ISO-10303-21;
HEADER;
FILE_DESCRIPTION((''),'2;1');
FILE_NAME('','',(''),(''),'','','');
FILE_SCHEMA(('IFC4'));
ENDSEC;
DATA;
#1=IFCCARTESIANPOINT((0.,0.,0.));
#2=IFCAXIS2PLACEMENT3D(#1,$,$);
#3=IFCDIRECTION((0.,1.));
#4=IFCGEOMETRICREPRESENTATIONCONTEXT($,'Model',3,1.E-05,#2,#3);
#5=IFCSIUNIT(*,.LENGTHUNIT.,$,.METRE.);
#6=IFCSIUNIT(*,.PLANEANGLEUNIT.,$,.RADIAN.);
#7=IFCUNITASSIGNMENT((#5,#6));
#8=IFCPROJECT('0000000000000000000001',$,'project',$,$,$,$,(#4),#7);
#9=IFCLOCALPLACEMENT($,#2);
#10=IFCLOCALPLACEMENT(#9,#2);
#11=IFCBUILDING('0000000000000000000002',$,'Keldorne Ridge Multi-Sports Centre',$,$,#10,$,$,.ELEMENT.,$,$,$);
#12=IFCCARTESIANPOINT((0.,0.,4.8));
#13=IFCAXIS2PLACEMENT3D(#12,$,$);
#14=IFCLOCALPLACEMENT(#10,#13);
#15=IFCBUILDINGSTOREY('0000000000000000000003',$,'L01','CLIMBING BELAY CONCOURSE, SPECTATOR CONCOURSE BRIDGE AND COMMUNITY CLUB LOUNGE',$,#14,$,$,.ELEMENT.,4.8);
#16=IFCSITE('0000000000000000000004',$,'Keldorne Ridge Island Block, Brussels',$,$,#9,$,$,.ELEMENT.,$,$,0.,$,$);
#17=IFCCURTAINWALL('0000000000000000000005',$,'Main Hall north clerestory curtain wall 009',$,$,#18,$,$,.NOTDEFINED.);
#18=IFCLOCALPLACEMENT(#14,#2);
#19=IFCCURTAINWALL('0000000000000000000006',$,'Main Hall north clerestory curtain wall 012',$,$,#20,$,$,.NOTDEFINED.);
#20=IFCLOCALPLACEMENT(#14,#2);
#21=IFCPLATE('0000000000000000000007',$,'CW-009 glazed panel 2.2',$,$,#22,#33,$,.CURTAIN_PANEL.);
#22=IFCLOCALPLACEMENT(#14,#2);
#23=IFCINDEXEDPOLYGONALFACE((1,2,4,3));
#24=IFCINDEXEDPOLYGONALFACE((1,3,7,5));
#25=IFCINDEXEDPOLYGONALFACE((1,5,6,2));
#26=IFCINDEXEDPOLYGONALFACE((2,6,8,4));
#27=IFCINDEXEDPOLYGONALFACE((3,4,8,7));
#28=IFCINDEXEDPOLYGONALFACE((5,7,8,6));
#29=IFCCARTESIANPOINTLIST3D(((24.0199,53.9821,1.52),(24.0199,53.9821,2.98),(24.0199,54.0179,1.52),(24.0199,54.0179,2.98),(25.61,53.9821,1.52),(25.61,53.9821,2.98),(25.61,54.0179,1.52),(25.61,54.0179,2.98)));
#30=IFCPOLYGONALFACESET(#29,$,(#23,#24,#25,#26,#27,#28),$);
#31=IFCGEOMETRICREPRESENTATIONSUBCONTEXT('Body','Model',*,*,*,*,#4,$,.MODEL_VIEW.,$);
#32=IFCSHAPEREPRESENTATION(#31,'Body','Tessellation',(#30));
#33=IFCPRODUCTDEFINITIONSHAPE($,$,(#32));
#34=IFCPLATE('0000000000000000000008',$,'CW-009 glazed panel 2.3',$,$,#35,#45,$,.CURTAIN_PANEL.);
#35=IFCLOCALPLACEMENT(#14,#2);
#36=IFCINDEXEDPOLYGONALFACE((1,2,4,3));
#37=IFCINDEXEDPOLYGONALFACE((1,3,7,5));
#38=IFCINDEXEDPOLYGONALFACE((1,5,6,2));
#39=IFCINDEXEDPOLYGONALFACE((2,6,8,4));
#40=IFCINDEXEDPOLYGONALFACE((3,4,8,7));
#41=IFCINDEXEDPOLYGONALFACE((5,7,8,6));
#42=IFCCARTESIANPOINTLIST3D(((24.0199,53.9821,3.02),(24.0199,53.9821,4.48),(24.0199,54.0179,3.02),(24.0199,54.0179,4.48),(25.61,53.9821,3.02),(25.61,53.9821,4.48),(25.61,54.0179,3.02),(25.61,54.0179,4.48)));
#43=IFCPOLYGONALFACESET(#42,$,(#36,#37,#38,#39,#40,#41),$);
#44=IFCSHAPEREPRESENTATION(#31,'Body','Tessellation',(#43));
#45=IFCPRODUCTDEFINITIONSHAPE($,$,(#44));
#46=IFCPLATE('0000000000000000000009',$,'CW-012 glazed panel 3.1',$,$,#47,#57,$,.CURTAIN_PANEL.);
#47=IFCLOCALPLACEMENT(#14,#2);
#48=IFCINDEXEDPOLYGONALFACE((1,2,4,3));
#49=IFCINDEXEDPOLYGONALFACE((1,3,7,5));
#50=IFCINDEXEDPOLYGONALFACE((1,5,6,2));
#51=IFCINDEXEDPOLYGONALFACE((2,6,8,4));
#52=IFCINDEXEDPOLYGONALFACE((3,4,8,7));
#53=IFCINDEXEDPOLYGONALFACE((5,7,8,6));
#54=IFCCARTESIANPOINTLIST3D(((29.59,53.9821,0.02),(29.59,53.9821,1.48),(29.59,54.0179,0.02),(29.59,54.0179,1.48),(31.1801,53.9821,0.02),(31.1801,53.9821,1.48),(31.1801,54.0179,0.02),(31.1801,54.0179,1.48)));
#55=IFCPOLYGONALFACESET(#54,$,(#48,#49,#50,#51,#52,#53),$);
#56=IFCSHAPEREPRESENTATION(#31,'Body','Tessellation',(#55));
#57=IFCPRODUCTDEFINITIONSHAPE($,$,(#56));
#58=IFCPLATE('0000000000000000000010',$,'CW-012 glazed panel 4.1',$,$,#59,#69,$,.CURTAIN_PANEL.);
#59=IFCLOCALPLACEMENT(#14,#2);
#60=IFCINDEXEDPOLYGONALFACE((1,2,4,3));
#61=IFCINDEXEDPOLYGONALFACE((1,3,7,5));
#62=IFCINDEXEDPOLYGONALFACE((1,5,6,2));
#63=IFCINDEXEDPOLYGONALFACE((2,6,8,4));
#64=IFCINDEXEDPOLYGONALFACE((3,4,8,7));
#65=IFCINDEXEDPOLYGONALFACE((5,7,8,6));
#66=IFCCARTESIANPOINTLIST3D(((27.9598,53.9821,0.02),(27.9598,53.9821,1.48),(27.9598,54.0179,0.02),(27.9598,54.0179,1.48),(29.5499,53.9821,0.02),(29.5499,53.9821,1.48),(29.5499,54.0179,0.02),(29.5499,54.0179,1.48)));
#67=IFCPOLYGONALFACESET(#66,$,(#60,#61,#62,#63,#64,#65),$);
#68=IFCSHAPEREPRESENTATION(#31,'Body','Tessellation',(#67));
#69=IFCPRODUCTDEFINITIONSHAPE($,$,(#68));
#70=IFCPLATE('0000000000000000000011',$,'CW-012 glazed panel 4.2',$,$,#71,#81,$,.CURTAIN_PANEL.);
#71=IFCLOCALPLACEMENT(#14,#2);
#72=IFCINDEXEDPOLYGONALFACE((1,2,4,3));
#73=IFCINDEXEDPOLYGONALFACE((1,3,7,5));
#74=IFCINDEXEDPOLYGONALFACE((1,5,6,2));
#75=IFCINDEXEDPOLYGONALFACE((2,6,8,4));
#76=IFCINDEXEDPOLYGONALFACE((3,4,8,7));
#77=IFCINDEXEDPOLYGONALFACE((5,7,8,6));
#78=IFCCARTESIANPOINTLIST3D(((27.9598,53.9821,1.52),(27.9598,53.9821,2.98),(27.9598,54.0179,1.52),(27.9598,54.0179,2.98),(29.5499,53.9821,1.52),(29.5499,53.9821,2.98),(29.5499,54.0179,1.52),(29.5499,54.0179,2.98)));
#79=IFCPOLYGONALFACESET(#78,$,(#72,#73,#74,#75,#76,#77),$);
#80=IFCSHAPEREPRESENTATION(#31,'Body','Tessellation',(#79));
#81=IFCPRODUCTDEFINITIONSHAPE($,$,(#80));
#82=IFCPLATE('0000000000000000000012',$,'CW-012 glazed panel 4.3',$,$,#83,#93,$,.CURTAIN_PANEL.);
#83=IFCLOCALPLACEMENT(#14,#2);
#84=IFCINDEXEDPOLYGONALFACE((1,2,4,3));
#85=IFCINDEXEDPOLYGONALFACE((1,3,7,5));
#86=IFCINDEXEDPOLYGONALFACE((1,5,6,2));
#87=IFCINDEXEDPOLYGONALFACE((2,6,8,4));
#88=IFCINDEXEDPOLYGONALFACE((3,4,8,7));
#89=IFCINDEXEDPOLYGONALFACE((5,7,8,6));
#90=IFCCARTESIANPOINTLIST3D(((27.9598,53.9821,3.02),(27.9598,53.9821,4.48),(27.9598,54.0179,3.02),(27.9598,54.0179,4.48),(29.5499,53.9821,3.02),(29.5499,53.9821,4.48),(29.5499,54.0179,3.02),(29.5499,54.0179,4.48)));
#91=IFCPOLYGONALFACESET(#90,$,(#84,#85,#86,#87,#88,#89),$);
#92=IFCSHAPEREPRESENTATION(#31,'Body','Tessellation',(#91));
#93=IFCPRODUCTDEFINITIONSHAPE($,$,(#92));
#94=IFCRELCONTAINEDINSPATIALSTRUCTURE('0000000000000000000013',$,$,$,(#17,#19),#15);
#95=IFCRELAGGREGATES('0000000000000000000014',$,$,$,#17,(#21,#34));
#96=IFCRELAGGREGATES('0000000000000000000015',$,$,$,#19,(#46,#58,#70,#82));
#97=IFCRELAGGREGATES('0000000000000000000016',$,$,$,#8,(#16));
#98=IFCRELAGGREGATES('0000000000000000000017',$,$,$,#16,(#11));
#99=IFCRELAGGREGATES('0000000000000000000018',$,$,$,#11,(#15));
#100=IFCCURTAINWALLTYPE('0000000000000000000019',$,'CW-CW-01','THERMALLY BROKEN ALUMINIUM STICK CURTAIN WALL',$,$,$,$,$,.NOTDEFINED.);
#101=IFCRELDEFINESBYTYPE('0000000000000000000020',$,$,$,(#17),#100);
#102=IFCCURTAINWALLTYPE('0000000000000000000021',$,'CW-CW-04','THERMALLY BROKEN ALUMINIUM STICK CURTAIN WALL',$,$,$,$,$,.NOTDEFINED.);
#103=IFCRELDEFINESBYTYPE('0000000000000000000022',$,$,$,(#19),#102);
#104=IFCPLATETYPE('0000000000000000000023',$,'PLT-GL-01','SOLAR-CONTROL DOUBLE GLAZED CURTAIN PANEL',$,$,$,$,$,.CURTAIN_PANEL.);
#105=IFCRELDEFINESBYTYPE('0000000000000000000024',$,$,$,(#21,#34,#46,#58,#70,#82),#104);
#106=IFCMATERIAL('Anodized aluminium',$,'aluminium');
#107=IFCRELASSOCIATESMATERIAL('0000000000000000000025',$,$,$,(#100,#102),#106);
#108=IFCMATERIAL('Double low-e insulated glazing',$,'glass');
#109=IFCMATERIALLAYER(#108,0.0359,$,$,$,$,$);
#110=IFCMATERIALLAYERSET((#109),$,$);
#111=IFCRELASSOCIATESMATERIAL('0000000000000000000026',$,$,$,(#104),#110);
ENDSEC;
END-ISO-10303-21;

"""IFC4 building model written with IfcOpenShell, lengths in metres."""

from ifc_helpers import new_model, si_unit, direction, frame, origin, origin_2d, place, context, subcontext, project, spatial, rectangle, extrude, material, layer, layer_set, type_object, element, aggregate, save


model = new_model("IFC4")

# Units and contexts
model_context = context("Model", 3, precision=1e-05, world=origin(), true_north=direction((0.0, 1.0)))
body_context = subcontext(model_context, "Body", "Model", "MODEL_VIEW")
ifc_project = project(units=[si_unit("LENGTHUNIT", "METRE"), si_unit("PLANEANGLEUNIT", "RADIAN")], contexts=[model_context])

# Site, building, storey
site_placement = place(None, origin())
site = spatial("IfcSite", under=ifc_project, at=site_placement, Name="Keldorne Ridge Island Block, Brussels", CompositionType="ELEMENT", RefElevation=0.0)
building_placement = place(site_placement, origin())
building = spatial("IfcBuilding", under=site, at=building_placement, Name="Keldorne Ridge Multi-Sports Centre", CompositionType="ELEMENT")
storey_placement = place(building_placement, frame((0.0, 0.0, 4.8)))
storey = spatial("IfcBuildingStorey", under=building, at=storey_placement, Name="L01", Description="CLIMBING BELAY CONCOURSE, SPECTATOR CONCOURSE BRIDGE AND COMMUNITY CLUB LOUNGE", CompositionType="ELEMENT", Elevation=4.8)

# Curtain walls
ifc_material_1 = material(Name="Anodized aluminium", Category="aluminium")
curtain_wall_type_1 = type_object("IfcCurtainWallType", Name="CW-CW-01", Description="THERMALLY BROKEN ALUMINIUM STICK CURTAIN WALL", PredefinedType="NOTDEFINED", material=ifc_material_1)
curtain_wall_1_placement = place(storey_placement, origin())
curtain_wall_1 = element("IfcCurtainWall", 1, at=curtain_wall_1_placement, inside=storey, type_object=curtain_wall_type_1, Name="Main Hall north clerestory curtain wall 009", PredefinedType="NOTDEFINED")
curtain_wall_type_2 = type_object("IfcCurtainWallType", Name="CW-CW-04", Description="THERMALLY BROKEN ALUMINIUM STICK CURTAIN WALL", PredefinedType="NOTDEFINED", material=ifc_material_1)
curtain_wall_2_placement = place(storey_placement, origin())
curtain_wall_2 = element("IfcCurtainWall", 2, at=curtain_wall_2_placement, inside=storey, type_object=curtain_wall_type_2, Name="Main Hall north clerestory curtain wall 012", PredefinedType="NOTDEFINED")

# Plates
ifc_material_2 = material(Name="Double low-e insulated glazing", Category="glass")
ifc_layer = layer(ifc_material_2, 0.0359)
ifc_layer_set = layer_set([ifc_layer])
plate_type = type_object("IfcPlateType", Name="PLT-GL-01", Description="SOLAR-CONTROL DOUBLE GLAZED CURTAIN PANEL", PredefinedType="CURTAIN_PANEL", material=ifc_layer_set)
plate_1_placement = place(storey_placement, frame((24.8149, 54.0, 1.52), z_axis=(0.0, 0.0, 1.0), x_axis=(-1.0, 0.0, 0.0)))
plate_1 = element("IfcPlate", 3, at=plate_1_placement, type_object=plate_type, Name="CW-009 glazed panel 2.2", PredefinedType="CURTAIN_PANEL", context=body_context, shape_type="SweptSolid", body=[
    extrude(rectangle(XDim=1.5901, YDim=0.0359, at=origin_2d()), origin(), (0.0, 0.0, 1.0), 1.46),
])
plate_2_placement = place(storey_placement, frame((24.8149, 54.0, 3.02), z_axis=(0.0, 0.0, 1.0), x_axis=(-1.0, 0.0, 0.0)))
plate_2 = element("IfcPlate", 4, at=plate_2_placement, type_object=plate_type, Name="CW-009 glazed panel 2.3", PredefinedType="CURTAIN_PANEL", context=body_context, shape_type="SweptSolid", body=[
    extrude(rectangle(XDim=1.5901, YDim=0.0359, at=origin_2d()), origin(), (0.0, 0.0, 1.0), 1.46),
])
aggregate(curtain_wall_1, [plate_1, plate_2])
plate_3_placement = place(storey_placement, frame((30.385, 54.0, 0.02), z_axis=(0.0, 0.0, 1.0), x_axis=(-1.0, 0.0, 0.0)))
plate_3 = element("IfcPlate", 5, at=plate_3_placement, type_object=plate_type, Name="CW-012 glazed panel 3.1", PredefinedType="CURTAIN_PANEL", context=body_context, shape_type="SweptSolid", body=[
    extrude(rectangle(XDim=1.5901, YDim=0.0359, at=origin_2d()), origin(), (0.0, 0.0, 1.0), 1.46),
])
plate_4_placement = place(storey_placement, frame((28.7549, 54.0, 0.02), z_axis=(0.0, 0.0, 1.0), x_axis=(-1.0, 0.0, 0.0)))
plate_4 = element("IfcPlate", 6, at=plate_4_placement, type_object=plate_type, Name="CW-012 glazed panel 4.1", PredefinedType="CURTAIN_PANEL", context=body_context, shape_type="SweptSolid", body=[
    extrude(rectangle(XDim=1.5901, YDim=0.0359, at=origin_2d()), origin(), (0.0, 0.0, 1.0), 1.46),
])
plate_5_placement = place(storey_placement, frame((28.7549, 54.0, 1.52), z_axis=(0.0, 0.0, 1.0), x_axis=(-1.0, 0.0, 0.0)))
plate_5 = element("IfcPlate", 7, at=plate_5_placement, type_object=plate_type, Name="CW-012 glazed panel 4.2", PredefinedType="CURTAIN_PANEL", context=body_context, shape_type="SweptSolid", body=[
    extrude(rectangle(XDim=1.5901, YDim=0.0359, at=origin_2d()), origin(), (0.0, 0.0, 1.0), 1.46),
])
plate_6_placement = place(storey_placement, frame((28.7549, 54.0, 3.02), z_axis=(0.0, 0.0, 1.0), x_axis=(-1.0, 0.0, 0.0)))
plate_6 = element("IfcPlate", 8, at=plate_6_placement, type_object=plate_type, Name="CW-012 glazed panel 4.3", PredefinedType="CURTAIN_PANEL", context=body_context, shape_type="SweptSolid", body=[
    extrude(rectangle(XDim=1.5901, YDim=0.0359, at=origin_2d()), origin(), (0.0, 0.0, 1.0), 1.46),
])
aggregate(curtain_wall_2, [plate_3, plate_4, plate_5, plate_6])

save(model, "model.ifc")
